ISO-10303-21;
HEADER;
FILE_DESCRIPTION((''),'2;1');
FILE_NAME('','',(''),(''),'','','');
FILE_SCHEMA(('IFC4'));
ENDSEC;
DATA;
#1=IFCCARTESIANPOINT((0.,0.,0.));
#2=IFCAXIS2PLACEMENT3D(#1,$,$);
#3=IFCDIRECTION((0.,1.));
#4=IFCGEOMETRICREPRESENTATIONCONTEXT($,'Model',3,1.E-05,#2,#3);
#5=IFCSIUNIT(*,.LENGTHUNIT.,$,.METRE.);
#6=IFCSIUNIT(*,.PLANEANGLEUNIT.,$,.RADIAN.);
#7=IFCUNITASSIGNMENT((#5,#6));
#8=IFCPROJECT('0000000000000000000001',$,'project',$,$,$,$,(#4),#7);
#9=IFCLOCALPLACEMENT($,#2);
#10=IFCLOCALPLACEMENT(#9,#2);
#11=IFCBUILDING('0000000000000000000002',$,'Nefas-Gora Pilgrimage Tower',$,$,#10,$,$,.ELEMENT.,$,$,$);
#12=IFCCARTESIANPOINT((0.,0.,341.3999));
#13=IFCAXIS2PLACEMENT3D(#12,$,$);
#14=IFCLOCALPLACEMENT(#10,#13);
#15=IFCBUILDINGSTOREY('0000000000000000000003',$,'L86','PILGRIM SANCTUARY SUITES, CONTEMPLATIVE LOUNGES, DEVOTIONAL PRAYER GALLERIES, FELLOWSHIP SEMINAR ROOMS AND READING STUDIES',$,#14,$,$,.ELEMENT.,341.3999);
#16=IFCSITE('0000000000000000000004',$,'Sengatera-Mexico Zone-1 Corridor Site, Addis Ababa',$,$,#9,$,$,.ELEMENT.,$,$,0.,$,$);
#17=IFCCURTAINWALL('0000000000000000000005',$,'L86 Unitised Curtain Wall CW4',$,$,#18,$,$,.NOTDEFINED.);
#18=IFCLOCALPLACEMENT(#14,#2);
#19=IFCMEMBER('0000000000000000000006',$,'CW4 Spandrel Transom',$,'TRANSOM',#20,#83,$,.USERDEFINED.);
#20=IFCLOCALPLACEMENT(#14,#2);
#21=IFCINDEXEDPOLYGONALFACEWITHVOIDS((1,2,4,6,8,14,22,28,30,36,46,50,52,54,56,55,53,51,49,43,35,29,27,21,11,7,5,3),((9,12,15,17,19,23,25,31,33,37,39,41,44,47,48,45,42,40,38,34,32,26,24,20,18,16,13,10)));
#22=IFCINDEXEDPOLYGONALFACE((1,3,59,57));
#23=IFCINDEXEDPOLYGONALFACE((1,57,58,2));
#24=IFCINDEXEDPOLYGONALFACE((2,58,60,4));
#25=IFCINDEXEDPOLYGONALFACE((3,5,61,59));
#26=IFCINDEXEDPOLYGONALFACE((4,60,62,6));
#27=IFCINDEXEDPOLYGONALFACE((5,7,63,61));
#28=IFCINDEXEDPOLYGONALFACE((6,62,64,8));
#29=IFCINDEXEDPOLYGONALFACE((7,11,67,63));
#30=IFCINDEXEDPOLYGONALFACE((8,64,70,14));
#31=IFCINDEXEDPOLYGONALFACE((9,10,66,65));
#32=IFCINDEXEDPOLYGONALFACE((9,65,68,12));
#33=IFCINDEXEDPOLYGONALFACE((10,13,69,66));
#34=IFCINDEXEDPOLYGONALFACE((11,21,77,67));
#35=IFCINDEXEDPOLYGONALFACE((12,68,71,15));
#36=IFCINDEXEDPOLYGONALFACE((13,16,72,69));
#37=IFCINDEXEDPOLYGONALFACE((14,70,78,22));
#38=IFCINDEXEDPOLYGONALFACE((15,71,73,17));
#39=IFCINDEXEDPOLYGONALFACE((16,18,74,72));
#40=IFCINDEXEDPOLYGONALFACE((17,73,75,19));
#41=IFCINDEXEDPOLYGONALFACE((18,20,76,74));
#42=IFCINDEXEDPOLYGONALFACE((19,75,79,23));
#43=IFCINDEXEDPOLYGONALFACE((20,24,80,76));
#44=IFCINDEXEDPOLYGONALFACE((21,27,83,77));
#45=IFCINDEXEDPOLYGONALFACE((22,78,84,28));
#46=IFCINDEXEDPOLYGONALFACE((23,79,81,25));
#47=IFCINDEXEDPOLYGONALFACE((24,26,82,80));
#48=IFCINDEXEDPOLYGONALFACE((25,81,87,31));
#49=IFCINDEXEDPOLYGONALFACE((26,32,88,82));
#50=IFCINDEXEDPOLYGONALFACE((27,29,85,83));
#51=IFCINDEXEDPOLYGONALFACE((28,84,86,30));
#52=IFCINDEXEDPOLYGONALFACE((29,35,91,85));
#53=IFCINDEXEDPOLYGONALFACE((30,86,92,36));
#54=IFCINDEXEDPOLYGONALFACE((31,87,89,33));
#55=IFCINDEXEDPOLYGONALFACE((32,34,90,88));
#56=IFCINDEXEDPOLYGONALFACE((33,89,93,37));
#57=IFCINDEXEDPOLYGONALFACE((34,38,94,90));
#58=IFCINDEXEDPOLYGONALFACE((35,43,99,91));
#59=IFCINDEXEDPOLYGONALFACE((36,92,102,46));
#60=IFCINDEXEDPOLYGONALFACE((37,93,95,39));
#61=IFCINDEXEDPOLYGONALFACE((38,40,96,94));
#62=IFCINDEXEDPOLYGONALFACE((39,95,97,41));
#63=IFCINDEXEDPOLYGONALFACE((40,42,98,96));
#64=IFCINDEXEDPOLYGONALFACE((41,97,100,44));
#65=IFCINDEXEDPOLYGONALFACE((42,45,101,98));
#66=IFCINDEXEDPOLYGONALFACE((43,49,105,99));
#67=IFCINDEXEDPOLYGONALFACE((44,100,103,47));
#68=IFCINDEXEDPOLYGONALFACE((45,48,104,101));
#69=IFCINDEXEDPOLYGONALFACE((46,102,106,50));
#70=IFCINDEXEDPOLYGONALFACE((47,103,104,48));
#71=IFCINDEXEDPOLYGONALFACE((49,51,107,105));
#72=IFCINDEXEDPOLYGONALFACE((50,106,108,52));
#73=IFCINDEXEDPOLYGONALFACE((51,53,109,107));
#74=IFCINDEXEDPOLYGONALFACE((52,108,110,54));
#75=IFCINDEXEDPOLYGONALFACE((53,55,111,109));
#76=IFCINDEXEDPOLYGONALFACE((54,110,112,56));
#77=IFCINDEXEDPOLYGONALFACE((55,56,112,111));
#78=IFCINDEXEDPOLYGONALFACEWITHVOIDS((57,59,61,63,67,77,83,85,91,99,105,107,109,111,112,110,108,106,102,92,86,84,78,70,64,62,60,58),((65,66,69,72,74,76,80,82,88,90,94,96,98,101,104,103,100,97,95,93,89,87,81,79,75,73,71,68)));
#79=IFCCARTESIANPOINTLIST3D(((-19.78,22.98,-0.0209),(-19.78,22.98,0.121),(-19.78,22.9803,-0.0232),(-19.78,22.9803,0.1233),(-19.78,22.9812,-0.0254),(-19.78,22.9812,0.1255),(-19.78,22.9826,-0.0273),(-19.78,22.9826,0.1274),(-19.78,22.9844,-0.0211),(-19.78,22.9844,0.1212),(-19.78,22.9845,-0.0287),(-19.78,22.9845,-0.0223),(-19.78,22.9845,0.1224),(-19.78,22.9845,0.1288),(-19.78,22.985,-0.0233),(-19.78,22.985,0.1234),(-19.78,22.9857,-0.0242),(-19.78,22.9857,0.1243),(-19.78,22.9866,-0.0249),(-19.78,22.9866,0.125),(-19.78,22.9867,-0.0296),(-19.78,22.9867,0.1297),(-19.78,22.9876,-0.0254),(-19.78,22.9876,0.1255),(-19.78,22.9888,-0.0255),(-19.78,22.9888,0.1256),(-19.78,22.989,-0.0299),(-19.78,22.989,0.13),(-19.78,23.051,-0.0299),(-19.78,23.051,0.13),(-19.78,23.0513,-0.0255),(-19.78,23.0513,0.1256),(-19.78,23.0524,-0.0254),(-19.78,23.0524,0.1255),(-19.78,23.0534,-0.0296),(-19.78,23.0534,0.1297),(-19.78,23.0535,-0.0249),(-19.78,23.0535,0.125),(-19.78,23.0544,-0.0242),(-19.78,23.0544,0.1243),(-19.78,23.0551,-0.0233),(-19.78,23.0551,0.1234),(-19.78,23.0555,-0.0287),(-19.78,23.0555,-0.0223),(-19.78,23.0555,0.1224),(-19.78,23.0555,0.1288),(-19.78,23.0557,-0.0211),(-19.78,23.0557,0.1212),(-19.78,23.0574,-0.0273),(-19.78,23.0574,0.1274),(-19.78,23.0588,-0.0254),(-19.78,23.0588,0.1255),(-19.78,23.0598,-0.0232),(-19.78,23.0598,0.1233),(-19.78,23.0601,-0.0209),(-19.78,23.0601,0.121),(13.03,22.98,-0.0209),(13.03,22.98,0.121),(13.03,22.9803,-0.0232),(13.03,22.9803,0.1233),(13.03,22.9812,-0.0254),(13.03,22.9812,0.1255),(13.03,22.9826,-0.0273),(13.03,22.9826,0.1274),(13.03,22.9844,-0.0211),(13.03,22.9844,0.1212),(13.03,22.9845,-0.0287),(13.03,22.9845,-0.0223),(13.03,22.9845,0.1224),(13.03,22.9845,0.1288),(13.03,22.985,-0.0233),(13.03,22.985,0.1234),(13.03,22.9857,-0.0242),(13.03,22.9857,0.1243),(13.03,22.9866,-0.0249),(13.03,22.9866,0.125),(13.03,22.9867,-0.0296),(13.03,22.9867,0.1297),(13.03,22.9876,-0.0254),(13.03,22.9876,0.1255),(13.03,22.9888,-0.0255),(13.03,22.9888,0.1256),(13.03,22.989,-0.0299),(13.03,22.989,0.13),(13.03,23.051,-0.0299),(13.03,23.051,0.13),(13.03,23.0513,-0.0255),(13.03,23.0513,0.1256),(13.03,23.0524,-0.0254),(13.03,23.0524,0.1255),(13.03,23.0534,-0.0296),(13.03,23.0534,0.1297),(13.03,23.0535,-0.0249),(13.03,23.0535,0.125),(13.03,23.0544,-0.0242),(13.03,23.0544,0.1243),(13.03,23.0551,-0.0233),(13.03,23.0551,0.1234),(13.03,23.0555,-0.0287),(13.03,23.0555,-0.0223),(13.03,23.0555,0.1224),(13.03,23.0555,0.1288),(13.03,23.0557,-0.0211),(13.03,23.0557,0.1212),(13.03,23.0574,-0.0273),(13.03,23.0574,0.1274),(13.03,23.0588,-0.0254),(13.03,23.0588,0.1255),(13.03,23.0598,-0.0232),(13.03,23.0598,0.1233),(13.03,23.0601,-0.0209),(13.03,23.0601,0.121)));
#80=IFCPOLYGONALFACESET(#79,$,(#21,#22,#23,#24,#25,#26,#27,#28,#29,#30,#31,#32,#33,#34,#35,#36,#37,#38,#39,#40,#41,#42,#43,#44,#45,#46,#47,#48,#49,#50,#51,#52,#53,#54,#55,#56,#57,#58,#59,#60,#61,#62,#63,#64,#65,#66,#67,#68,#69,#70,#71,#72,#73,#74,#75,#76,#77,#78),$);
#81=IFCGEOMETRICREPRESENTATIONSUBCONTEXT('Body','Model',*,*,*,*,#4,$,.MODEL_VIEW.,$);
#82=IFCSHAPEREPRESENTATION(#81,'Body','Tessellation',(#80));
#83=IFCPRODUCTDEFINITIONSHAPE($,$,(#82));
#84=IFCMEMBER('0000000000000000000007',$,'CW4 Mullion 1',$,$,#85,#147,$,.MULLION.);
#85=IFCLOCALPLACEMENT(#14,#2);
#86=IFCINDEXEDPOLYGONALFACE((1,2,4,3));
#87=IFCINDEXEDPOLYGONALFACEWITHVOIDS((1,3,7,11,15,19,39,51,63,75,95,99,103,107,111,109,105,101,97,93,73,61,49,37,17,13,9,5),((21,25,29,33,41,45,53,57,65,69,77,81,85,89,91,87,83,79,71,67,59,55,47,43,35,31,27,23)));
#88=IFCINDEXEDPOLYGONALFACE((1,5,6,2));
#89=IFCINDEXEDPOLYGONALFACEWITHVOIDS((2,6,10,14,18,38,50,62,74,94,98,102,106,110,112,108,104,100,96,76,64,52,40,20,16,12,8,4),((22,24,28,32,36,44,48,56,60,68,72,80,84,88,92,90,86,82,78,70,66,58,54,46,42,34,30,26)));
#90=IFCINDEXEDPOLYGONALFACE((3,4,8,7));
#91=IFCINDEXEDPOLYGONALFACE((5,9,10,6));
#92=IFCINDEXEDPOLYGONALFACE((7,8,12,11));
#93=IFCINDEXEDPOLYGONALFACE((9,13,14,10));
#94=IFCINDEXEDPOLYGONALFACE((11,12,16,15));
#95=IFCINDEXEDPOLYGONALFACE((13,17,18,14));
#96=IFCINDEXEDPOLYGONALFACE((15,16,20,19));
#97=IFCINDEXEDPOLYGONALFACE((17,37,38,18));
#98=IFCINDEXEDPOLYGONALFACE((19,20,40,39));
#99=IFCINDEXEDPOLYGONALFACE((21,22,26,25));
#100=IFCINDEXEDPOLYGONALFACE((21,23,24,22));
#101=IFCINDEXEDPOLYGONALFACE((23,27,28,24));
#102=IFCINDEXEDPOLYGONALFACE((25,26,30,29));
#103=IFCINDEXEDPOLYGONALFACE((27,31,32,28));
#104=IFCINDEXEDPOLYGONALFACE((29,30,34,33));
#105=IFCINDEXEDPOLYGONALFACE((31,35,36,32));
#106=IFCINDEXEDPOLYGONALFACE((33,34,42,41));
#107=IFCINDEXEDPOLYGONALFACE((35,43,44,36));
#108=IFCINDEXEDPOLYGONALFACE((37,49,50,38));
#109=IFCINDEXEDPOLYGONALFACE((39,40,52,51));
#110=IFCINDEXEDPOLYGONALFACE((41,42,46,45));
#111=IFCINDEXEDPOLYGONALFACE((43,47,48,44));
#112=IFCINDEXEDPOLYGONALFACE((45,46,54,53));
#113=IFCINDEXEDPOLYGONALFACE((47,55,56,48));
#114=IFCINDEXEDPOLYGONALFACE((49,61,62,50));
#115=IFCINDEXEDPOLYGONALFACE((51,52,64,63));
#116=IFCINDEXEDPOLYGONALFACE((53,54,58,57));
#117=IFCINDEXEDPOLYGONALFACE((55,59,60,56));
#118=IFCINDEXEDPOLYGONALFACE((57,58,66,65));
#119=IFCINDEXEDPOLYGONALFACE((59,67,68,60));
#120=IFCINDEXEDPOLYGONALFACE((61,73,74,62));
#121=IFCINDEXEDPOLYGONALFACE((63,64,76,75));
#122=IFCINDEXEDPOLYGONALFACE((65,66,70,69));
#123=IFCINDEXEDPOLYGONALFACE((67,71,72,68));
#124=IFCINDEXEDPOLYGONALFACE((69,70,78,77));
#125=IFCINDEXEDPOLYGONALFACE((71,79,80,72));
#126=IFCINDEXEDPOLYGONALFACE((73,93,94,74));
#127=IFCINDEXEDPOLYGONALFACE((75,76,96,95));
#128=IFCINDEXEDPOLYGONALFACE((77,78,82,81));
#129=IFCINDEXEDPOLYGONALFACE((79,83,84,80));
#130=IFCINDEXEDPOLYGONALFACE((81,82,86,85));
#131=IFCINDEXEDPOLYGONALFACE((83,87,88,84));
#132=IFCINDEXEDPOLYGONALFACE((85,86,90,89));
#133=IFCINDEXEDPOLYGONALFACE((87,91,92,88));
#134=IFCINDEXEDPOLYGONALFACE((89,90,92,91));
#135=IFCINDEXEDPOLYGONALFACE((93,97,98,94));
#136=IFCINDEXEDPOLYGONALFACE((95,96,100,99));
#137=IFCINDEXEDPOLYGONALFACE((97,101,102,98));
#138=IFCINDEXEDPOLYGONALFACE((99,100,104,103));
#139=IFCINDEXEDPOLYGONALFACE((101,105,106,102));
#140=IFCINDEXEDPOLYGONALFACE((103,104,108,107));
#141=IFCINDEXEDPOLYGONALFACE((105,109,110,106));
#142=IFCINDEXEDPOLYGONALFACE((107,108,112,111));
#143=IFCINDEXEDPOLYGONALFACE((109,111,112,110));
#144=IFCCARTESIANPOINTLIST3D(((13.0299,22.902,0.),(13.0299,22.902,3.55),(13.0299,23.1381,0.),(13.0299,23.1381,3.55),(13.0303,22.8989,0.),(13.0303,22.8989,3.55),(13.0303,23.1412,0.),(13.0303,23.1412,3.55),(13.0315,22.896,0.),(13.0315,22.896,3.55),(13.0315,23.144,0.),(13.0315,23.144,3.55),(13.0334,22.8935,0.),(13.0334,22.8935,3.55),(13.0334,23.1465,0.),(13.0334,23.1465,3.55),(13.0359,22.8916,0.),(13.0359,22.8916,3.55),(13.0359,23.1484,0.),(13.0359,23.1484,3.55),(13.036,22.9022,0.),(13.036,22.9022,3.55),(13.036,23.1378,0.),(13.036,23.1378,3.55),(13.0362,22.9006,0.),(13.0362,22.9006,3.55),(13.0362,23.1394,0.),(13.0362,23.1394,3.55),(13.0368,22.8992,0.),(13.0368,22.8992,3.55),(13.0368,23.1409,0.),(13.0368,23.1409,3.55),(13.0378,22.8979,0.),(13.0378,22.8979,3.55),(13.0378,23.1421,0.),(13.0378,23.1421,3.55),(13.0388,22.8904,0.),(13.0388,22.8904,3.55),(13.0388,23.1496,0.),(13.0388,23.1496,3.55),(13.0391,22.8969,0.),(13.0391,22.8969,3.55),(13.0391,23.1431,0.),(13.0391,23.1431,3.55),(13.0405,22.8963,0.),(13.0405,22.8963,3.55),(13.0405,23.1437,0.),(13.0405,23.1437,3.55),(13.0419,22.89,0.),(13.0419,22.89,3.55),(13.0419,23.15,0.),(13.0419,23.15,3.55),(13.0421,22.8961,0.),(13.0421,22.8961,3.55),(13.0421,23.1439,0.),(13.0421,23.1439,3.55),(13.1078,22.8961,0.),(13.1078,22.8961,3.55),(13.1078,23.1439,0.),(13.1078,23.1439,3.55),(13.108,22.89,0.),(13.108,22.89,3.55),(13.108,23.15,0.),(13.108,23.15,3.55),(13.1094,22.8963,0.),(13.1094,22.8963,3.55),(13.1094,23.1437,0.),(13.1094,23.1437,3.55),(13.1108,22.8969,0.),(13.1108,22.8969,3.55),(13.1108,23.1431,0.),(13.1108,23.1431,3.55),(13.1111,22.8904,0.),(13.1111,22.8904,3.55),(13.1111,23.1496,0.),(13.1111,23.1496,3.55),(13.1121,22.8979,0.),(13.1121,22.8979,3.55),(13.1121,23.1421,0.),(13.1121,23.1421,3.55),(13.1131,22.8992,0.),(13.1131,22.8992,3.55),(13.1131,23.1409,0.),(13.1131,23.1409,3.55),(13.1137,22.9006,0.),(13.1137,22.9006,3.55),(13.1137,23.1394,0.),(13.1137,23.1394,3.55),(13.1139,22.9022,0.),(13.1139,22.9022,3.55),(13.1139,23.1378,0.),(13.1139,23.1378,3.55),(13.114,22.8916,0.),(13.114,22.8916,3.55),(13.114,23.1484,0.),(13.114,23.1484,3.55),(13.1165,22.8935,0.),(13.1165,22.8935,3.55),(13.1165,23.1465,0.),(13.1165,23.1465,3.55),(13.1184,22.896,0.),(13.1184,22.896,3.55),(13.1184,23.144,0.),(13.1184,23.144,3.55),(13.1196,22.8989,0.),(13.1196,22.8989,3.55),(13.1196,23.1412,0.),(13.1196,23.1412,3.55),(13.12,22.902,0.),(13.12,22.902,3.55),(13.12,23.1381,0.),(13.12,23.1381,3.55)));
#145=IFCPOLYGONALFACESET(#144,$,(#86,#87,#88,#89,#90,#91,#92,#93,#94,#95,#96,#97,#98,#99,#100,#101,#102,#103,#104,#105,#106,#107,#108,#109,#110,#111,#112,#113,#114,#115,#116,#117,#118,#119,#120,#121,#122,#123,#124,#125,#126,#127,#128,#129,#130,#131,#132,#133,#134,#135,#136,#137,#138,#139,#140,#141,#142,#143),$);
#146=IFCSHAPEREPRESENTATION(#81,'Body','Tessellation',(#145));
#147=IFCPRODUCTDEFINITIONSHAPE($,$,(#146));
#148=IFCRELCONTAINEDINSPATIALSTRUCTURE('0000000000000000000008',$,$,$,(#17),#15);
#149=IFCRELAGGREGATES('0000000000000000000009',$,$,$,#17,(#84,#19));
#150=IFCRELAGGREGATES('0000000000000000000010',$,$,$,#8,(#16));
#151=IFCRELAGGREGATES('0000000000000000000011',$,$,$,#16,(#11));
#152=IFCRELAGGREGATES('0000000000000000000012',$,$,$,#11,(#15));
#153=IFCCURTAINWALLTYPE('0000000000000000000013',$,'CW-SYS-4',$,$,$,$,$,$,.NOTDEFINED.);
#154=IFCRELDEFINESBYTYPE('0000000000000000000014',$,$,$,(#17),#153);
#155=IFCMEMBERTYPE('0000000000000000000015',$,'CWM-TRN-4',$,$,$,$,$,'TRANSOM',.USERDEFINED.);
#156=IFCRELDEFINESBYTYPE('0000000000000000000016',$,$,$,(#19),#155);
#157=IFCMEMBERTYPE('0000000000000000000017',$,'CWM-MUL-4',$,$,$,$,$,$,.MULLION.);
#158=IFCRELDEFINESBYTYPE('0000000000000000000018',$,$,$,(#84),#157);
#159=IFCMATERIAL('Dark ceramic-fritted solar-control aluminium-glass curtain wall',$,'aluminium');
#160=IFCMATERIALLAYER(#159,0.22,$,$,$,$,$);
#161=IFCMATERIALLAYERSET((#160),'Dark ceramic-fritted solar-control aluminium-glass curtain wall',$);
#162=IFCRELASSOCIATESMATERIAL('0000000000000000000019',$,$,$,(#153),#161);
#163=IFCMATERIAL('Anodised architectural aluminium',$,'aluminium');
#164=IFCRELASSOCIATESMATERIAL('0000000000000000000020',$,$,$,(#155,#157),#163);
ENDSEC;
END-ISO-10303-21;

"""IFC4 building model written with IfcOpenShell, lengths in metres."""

from ifc_helpers import new_model, si_unit, direction, frame, origin, origin_2d, place, context, subcontext, project, spatial, hollow_rectangle, extrude, source, transform, mapped, material, layer, layer_set, material_profile, profile_set, type_object, element, aggregate, save


model = new_model("IFC4")

# Units and contexts
model_context = context("Model", 3, precision=1e-05, world=origin(), true_north=direction((0.0, 1.0)))
body_context = subcontext(model_context, "Body", "Model", "MODEL_VIEW")
ifc_project = project(units=[si_unit("LENGTHUNIT", "METRE"), si_unit("PLANEANGLEUNIT", "RADIAN")], contexts=[model_context])

# Site, building, storey
site_placement = place(None, origin())
site = spatial("IfcSite", under=ifc_project, at=site_placement, Name="Sengatera-Mexico Zone-1 Corridor Site, Addis Ababa", CompositionType="ELEMENT", RefElevation=0.0)
building_placement = place(site_placement, origin())
building = spatial("IfcBuilding", under=site, at=building_placement, Name="Nefas-Gora Pilgrimage Tower", CompositionType="ELEMENT")
storey_placement = place(building_placement, frame((0.0, 0.0, 341.3999)))
storey = spatial("IfcBuildingStorey", under=building, at=storey_placement, Name="L86", Description="PILGRIM SANCTUARY SUITES, CONTEMPLATIVE LOUNGES, DEVOTIONAL PRAYER GALLERIES, FELLOWSHIP SEMINAR ROOMS AND READING STUDIES", CompositionType="ELEMENT", Elevation=341.3999)

# Curtain wall, members
ifc_material_1 = material(Name="Dark ceramic-fritted solar-control aluminium-glass curtain wall", Category="aluminium")
ifc_layer_1 = layer(ifc_material_1, 0.22)
ifc_layer_set_1 = layer_set([ifc_layer_1], Name="Dark ceramic-fritted solar-control aluminium-glass curtain wall")
curtain_wall_type = type_object("IfcCurtainWallType", Name="CW-SYS-4", PredefinedType="NOTDEFINED", material=ifc_layer_set_1)
curtain_wall_1_placement = place(storey_placement, origin())
curtain_wall_1 = element("IfcCurtainWall", 1, at=curtain_wall_1_placement, inside=storey, type_object=curtain_wall_type, Name="L86 Unitised Curtain Wall CW4", PredefinedType="NOTDEFINED")
ifc_material_2 = material(Name="Anodised architectural aluminium", Category="aluminium")
ifc_material_profile_1 = material_profile(ifc_material_2, hollow_rectangle(XDim=0.0801, YDim=0.1599, WallThickness=0.0044, InnerFilletRadius=0.0044, OuterFilletRadius=0.009, at=origin_2d()), Name="ALU TRANSOM 80x160")
ifc_profile_set_1 = profile_set([ifc_material_profile_1], Name="Anodised architectural aluminium")
member_type_1 = type_object("IfcMemberType", Name="CWM-TRN-4", ElementType="TRANSOM", PredefinedType="USERDEFINED", material=ifc_profile_set_1)
shared_shape_1 = source(origin(), body_context, "Body", "SweptSolid", [
    extrude(hollow_rectangle(XDim=0.0801, YDim=0.1599, WallThickness=0.0044, InnerFilletRadius=0.0044, OuterFilletRadius=0.009, at=origin_2d()), origin(), (0.0, 0.0, 1.0), 32.8101),
])
member_1_placement = place(storey_placement, frame((13.03, 23.02, 0.05), z_axis=(-1.0, 0.0, 0.0), x_axis=(0.0, -1.0, 0.0)))
member_1 = element("IfcMember", 2, at=member_1_placement, type_object=member_type_1, Name="CW4 Spandrel Transom", ObjectType="TRANSOM", PredefinedType="USERDEFINED", context=body_context, shape_type="MappedRepresentation", body=[
    mapped(shared_shape_1, transform((0.0, 0.0, 0.0), x_axis=(1.0, 0.0, 0.0), y_axis=(0.0, 1.0, 0.0), z_axis=(0.0, 0.0, 1.0), scale=1.0)),
])
ifc_material_profile_2 = material_profile(ifc_material_2, hollow_rectangle(XDim=0.0901, YDim=0.26, WallThickness=0.0061, InnerFilletRadius=0.0061, OuterFilletRadius=0.012, at=origin_2d()), Name="ALU MULLION 90x260")
ifc_profile_set_2 = profile_set([ifc_material_profile_2], Name="Anodised architectural aluminium")
member_type_2 = type_object("IfcMemberType", Name="CWM-MUL-4", PredefinedType="MULLION", material=ifc_profile_set_2)
shared_shape_2 = source(origin(), body_context, "Body", "SweptSolid", [
    extrude(hollow_rectangle(XDim=0.0901, YDim=0.26, WallThickness=0.0061, InnerFilletRadius=0.0061, OuterFilletRadius=0.012, at=origin_2d()), origin(), (0.0, 0.0, 1.0), 3.55),
])
member_2_placement = place(storey_placement, frame((13.075, 23.02, 0.0), z_axis=(0.0, 0.0, 1.0), x_axis=(-1.0, 0.0, 0.0)))
member_2 = element("IfcMember", 3, at=member_2_placement, type_object=member_type_2, Name="CW4 Mullion 1", PredefinedType="MULLION", context=body_context, shape_type="MappedRepresentation", body=[
    mapped(shared_shape_2, transform((0.0, 0.0, 0.0), x_axis=(1.0, 0.0, 0.0), y_axis=(0.0, 1.0, 0.0), z_axis=(0.0, 0.0, 1.0), scale=1.0)),
])
aggregate(curtain_wall_1, [member_2, member_1])

save(model, "model.ifc")
